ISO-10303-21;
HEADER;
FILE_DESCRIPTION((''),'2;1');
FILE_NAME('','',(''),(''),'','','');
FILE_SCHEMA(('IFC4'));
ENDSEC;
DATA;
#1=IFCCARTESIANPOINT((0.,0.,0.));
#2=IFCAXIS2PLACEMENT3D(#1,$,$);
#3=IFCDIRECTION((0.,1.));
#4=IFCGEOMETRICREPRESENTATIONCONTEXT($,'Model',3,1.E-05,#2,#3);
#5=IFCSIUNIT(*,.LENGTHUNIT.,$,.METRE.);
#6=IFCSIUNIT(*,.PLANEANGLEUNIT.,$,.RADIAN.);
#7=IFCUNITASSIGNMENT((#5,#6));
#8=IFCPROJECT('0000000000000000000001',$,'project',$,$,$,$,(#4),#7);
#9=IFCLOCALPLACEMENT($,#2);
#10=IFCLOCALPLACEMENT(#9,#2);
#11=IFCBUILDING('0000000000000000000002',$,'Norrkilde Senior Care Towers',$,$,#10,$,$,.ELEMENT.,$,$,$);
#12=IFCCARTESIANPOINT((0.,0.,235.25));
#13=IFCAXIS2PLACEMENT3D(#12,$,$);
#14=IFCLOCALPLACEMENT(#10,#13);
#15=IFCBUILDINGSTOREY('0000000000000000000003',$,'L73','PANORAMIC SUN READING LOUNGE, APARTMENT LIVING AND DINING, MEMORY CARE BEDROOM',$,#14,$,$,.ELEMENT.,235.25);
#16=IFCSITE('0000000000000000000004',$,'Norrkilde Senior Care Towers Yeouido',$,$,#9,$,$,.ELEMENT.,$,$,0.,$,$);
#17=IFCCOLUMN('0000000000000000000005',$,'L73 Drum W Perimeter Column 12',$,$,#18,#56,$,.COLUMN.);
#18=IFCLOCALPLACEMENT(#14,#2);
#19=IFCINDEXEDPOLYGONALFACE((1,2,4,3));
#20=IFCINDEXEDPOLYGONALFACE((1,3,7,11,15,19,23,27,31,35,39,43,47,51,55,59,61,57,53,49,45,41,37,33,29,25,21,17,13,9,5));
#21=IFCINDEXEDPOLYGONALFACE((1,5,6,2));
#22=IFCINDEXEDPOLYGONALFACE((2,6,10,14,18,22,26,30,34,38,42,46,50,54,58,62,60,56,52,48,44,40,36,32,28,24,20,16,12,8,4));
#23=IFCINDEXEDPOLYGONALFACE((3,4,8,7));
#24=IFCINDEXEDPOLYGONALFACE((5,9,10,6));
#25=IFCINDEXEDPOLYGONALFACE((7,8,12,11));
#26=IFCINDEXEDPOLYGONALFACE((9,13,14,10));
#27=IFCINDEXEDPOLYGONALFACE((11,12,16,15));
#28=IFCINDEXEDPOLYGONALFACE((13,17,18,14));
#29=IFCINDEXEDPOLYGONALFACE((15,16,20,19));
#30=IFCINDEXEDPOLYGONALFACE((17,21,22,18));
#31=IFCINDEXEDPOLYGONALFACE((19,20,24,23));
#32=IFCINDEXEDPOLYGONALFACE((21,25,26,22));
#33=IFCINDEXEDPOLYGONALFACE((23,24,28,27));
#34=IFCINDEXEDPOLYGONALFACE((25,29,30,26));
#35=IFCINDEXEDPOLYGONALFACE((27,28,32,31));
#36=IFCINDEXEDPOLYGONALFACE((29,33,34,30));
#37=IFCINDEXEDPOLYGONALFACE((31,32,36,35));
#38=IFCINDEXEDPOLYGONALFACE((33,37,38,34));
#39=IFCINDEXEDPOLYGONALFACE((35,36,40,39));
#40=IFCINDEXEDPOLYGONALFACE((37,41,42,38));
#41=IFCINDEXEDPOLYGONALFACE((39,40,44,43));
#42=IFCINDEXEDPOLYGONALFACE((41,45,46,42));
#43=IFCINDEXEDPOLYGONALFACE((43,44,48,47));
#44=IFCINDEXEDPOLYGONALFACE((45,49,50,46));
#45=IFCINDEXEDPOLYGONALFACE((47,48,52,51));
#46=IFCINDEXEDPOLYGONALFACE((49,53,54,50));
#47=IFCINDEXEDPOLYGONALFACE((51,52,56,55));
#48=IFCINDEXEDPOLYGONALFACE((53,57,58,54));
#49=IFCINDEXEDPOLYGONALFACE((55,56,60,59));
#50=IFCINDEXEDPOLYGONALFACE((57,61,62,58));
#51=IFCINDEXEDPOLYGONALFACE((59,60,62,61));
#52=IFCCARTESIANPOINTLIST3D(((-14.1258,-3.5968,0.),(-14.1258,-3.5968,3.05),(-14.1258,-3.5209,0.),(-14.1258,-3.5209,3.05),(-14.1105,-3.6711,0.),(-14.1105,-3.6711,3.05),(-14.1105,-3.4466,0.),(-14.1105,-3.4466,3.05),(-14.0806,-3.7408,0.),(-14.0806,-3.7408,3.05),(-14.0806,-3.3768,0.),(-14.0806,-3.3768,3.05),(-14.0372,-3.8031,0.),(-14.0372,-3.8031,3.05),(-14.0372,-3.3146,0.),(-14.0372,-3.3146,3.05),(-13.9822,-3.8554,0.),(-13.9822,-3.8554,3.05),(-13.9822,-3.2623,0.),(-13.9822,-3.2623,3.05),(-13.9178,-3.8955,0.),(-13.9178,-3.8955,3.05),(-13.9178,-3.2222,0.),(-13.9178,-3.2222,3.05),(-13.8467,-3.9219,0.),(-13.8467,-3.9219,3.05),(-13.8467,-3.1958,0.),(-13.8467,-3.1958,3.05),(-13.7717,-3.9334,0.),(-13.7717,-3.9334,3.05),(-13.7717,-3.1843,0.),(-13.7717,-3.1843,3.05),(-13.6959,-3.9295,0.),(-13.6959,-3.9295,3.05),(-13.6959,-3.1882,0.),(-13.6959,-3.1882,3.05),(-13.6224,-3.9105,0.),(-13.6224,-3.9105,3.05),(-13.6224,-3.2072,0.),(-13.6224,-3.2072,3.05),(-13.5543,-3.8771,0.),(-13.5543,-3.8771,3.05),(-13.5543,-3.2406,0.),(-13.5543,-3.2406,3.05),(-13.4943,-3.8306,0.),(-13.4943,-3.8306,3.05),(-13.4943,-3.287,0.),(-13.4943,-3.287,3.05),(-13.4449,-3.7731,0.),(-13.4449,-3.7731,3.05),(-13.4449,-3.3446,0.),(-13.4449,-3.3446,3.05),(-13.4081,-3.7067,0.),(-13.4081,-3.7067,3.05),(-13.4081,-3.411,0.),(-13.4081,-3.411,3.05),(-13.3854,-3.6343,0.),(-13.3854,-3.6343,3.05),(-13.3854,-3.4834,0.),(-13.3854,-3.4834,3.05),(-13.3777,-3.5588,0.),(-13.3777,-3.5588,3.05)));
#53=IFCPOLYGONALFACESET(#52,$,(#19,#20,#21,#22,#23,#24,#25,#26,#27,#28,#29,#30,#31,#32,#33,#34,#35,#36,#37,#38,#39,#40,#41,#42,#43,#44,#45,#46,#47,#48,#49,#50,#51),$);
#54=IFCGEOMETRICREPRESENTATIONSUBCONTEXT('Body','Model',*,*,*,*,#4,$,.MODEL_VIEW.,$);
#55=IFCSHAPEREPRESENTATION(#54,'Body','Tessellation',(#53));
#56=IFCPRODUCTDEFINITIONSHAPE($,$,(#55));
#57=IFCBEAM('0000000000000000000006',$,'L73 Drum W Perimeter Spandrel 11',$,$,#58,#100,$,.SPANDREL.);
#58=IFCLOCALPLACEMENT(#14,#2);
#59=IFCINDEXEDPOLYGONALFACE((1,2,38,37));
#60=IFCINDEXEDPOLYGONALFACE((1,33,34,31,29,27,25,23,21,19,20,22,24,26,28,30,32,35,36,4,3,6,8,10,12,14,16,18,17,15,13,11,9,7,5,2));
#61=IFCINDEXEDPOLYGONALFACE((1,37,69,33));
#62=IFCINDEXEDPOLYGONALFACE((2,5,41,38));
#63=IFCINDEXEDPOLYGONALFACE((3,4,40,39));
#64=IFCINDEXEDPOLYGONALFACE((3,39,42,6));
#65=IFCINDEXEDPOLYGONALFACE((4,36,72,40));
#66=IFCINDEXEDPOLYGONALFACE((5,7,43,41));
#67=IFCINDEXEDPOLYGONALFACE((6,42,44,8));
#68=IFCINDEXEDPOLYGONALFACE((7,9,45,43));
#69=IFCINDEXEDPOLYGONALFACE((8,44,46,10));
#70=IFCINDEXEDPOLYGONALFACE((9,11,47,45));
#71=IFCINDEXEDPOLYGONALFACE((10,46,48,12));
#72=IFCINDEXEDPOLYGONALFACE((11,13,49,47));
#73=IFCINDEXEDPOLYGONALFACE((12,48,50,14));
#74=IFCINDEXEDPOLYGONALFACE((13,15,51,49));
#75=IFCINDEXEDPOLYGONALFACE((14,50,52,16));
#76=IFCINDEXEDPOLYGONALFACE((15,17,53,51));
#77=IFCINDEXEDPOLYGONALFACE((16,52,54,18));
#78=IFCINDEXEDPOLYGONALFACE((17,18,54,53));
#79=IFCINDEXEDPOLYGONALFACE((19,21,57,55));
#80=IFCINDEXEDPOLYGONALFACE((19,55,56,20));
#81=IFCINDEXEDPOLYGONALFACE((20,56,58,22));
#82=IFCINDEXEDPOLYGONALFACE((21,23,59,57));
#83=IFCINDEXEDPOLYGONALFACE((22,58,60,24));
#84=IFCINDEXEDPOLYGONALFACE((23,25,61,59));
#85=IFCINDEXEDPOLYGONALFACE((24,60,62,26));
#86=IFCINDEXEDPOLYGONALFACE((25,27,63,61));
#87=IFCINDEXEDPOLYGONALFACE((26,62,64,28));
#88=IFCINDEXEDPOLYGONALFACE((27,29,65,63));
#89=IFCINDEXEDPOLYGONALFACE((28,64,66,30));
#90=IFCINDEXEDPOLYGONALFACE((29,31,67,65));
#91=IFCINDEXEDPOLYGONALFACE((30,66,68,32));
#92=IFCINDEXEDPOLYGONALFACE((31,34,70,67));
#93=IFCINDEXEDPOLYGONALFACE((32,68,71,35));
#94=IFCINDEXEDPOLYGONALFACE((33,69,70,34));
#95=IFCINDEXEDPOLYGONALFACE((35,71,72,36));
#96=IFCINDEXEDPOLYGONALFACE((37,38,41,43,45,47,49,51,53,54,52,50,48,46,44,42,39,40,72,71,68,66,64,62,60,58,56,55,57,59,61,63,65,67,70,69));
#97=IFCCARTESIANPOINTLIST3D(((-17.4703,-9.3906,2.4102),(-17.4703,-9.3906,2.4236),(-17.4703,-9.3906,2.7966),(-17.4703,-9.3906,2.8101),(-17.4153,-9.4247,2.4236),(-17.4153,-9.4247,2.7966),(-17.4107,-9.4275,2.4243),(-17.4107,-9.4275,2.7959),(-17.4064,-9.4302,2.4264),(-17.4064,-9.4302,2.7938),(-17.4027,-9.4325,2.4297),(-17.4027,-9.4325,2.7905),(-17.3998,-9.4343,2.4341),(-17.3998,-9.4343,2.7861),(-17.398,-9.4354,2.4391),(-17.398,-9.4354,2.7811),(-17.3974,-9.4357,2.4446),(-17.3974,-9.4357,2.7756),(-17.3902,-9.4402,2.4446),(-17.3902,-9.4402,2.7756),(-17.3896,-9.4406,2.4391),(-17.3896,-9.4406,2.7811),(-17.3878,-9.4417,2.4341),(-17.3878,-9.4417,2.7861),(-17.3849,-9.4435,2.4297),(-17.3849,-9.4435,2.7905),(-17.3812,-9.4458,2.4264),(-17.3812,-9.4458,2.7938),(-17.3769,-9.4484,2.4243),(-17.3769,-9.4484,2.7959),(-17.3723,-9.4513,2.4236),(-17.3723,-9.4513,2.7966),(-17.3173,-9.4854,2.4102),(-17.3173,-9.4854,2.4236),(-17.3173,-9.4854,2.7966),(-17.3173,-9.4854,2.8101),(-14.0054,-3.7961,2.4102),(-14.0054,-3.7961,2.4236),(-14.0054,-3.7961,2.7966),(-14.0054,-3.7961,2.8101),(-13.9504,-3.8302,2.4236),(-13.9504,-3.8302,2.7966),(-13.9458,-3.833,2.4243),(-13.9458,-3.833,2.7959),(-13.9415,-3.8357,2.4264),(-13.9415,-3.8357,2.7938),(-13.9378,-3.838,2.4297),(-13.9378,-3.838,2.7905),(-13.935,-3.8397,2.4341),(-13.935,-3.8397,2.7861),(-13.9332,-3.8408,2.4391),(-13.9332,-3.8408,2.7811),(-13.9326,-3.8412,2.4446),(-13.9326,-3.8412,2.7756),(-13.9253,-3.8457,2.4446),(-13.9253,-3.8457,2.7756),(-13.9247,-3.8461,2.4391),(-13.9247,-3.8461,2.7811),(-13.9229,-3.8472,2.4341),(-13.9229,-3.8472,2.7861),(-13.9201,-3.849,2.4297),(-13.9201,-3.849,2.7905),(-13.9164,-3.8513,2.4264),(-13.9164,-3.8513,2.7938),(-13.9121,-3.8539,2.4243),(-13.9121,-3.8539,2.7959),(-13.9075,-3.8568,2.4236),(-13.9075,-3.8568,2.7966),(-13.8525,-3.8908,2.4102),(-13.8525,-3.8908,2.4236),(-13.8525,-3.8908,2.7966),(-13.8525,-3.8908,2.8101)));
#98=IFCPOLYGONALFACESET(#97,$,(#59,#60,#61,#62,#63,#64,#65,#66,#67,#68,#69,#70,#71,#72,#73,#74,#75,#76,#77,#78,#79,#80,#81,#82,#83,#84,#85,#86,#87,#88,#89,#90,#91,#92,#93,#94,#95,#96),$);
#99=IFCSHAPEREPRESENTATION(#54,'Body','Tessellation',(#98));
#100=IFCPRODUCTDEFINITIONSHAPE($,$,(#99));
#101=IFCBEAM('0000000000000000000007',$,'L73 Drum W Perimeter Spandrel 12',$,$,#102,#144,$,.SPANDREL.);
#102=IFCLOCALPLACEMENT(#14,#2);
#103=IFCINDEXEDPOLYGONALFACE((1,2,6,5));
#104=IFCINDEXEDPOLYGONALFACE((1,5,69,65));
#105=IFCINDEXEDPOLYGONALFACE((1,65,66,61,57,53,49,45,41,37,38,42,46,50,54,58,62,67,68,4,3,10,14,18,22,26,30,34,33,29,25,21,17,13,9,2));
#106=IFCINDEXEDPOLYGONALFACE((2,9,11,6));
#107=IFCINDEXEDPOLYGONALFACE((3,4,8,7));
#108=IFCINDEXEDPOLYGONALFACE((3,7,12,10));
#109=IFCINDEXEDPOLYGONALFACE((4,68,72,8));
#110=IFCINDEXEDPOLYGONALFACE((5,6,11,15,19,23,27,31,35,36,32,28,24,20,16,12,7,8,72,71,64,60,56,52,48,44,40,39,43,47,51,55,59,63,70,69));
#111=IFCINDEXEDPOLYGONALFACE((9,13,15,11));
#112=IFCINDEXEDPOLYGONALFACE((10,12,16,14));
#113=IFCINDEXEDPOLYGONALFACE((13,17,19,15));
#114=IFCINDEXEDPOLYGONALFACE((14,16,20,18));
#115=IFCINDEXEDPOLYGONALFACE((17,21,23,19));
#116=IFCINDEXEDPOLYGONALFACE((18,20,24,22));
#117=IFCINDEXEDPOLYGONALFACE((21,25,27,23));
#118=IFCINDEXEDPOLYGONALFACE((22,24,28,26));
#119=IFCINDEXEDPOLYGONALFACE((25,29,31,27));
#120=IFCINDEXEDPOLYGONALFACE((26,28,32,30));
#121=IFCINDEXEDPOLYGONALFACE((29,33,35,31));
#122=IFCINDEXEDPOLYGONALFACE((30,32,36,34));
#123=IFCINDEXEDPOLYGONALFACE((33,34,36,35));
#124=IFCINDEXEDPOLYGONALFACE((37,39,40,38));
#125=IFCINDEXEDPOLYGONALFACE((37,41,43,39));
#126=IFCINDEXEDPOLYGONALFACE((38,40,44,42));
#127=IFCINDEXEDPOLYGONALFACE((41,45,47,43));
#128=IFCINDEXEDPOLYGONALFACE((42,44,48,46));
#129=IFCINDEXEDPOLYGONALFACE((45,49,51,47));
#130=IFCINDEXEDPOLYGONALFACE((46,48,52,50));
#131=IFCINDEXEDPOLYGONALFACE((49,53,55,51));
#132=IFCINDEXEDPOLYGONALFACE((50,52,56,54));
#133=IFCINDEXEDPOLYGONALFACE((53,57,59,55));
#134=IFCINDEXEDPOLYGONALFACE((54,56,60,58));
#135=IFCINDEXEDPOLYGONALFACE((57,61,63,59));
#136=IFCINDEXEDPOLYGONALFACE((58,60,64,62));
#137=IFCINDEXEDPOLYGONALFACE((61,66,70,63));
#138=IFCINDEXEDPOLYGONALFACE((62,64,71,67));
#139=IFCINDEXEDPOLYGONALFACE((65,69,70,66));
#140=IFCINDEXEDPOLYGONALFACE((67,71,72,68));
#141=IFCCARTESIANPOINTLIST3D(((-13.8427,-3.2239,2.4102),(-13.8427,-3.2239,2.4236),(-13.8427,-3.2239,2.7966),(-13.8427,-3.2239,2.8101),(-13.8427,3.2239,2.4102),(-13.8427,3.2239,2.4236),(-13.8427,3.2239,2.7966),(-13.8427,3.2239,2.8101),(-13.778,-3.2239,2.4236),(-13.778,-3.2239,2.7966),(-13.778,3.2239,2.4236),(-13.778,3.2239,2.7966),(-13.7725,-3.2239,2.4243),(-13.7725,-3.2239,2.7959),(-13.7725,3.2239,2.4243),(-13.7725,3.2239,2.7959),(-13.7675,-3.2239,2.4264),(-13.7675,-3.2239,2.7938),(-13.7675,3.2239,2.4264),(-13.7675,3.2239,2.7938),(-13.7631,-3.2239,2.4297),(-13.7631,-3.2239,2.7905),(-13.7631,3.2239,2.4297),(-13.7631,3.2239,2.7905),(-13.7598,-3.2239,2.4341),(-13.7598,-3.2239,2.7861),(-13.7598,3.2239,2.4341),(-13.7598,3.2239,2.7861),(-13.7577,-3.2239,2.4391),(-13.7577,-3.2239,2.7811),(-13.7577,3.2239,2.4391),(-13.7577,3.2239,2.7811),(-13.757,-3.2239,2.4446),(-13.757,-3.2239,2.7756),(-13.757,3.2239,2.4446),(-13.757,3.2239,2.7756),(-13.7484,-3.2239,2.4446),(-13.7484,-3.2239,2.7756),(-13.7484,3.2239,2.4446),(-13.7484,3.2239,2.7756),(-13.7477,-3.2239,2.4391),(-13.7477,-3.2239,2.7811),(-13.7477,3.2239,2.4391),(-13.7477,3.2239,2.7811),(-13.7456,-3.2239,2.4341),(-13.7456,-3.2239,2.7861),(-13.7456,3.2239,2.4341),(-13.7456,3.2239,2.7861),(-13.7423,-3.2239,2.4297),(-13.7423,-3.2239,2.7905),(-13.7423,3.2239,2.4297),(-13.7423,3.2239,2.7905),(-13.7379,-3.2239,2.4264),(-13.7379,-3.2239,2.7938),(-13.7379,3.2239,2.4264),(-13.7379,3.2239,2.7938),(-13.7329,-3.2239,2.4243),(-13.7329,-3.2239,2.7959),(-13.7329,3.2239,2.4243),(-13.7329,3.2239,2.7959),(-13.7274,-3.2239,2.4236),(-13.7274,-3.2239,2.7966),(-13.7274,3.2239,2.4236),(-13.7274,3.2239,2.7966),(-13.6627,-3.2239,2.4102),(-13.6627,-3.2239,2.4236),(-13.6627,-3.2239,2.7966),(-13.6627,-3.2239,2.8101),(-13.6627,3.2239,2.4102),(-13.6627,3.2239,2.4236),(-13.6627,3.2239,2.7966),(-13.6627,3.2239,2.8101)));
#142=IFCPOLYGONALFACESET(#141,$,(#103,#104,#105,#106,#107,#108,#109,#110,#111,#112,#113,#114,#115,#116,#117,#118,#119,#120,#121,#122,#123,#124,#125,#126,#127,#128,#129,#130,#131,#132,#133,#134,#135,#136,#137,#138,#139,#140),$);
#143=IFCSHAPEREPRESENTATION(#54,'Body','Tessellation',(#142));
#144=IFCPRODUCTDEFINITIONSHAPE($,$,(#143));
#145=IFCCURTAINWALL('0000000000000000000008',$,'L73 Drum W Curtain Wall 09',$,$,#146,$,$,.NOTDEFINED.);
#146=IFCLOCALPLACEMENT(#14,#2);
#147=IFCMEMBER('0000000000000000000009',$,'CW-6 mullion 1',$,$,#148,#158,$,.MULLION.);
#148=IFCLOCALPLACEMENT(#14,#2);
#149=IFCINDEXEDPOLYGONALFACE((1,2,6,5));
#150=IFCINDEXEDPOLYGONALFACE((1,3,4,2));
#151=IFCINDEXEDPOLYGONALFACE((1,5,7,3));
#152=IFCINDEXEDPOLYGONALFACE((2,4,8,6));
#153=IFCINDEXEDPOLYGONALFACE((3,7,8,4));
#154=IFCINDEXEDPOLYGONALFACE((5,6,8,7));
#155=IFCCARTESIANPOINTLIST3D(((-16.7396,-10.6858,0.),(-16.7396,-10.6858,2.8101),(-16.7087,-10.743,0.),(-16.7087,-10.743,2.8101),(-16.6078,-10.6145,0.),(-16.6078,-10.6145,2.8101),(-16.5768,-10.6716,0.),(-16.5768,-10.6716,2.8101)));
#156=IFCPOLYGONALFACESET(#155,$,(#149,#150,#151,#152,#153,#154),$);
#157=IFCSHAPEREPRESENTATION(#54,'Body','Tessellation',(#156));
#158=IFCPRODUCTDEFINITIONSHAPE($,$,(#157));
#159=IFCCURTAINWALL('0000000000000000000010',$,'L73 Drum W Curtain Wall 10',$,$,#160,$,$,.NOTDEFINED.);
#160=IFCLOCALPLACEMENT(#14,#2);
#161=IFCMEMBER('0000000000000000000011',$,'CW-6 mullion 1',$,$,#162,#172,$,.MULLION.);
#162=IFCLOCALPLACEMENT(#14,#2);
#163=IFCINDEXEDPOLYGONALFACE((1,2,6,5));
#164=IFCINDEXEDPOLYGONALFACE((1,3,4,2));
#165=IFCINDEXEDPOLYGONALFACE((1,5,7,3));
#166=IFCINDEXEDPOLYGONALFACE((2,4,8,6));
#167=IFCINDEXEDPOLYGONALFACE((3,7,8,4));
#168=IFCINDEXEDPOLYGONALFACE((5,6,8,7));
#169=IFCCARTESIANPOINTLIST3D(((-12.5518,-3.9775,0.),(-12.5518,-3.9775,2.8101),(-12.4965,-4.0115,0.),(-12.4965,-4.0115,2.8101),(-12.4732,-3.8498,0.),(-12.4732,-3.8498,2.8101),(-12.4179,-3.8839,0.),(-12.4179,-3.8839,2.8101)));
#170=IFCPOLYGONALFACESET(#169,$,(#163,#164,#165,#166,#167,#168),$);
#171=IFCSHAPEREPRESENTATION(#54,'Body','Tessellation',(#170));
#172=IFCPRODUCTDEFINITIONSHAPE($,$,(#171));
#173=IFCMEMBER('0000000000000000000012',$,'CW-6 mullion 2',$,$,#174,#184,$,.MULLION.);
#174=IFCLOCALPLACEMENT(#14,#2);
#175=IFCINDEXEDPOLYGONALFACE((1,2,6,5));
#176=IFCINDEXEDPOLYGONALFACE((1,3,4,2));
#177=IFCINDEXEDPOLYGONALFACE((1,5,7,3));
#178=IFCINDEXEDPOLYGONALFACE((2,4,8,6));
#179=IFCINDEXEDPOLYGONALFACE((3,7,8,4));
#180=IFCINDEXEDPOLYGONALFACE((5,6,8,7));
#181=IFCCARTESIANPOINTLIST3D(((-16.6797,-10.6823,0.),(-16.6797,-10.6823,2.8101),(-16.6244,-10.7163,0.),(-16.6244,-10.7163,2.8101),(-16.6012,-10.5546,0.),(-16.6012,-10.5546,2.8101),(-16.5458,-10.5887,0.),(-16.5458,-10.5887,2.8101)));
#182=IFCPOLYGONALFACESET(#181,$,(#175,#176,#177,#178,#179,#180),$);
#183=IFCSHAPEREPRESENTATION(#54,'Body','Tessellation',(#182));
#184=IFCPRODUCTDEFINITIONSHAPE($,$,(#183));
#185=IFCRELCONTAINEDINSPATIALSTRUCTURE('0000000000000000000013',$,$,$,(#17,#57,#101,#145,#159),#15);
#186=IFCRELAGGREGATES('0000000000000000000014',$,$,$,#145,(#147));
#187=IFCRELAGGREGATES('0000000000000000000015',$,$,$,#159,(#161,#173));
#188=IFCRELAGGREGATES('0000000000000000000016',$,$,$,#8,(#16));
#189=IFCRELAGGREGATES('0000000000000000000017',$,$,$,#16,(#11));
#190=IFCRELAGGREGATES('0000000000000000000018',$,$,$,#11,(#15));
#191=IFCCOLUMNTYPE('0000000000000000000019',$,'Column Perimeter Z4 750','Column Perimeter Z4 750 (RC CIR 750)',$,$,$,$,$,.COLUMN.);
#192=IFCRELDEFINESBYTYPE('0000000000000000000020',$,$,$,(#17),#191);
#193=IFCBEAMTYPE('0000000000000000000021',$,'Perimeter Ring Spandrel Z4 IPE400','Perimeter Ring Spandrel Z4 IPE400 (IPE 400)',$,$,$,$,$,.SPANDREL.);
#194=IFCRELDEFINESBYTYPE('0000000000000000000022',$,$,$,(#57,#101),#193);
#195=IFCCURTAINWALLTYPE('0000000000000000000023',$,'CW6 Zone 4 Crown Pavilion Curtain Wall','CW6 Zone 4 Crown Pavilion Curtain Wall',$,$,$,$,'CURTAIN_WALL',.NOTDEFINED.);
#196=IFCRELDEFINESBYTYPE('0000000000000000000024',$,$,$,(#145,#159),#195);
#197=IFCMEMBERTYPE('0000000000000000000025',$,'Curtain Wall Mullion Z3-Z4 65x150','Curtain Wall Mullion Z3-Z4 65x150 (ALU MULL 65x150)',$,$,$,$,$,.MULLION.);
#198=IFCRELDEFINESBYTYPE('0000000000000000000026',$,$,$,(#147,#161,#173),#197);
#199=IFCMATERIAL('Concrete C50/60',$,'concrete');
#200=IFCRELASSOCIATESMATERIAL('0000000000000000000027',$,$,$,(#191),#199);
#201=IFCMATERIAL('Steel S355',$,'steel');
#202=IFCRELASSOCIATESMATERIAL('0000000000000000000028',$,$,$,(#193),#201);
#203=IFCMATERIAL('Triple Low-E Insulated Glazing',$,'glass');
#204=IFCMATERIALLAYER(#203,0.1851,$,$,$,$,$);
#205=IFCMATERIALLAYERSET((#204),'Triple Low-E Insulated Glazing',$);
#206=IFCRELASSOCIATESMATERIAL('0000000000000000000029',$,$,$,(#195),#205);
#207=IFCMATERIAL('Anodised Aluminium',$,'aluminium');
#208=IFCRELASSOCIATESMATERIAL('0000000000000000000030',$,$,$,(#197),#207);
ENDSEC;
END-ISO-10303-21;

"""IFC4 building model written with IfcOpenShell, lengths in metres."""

from ifc_helpers import new_model, si_unit, direction, frame, origin, origin_2d, place, context, subcontext, project, spatial, rectangle, circle, i_section, extrude, source, transform, mapped, material, layer, layer_set, material_profile, profile_set, type_object, type_shapes, element, aggregate, save


model = new_model("IFC4")

# Units and contexts
model_context = context("Model", 3, precision=1e-05, world=origin(), true_north=direction((0.0, 1.0)))
body_context = subcontext(model_context, "Body", "Model", "MODEL_VIEW")
ifc_project = project(units=[si_unit("LENGTHUNIT", "METRE"), si_unit("PLANEANGLEUNIT", "RADIAN")], contexts=[model_context])

# Site, building, storey
site_placement = place(None, origin())
site = spatial("IfcSite", under=ifc_project, at=site_placement, Name="Norrkilde Senior Care Towers Yeouido", CompositionType="ELEMENT", RefElevation=0.0)
building_placement = place(site_placement, origin())
building = spatial("IfcBuilding", under=site, at=building_placement, Name="Norrkilde Senior Care Towers", CompositionType="ELEMENT")
storey_placement = place(building_placement, frame((0.0, 0.0, 235.25)))
storey = spatial("IfcBuildingStorey", under=building, at=storey_placement, Name="L73", Description="PANORAMIC SUN READING LOUNGE, APARTMENT LIVING AND DINING, MEMORY CARE BEDROOM", CompositionType="ELEMENT", Elevation=235.25)

# Column
ifc_material_1 = material(Name="Concrete C50/60", Category="concrete")
ifc_material_profile_1 = material_profile(ifc_material_1, circle(Radius=0.375, at=origin_2d()), Name="RC CIR 750")
ifc_profile_set_1 = profile_set([ifc_material_profile_1], Name="Concrete C50/60")
column_type = type_object("IfcColumnType", Name="Column Perimeter Z4 750", Description="Column Perimeter Z4 750 (RC CIR 750)", PredefinedType="COLUMN", material=ifc_profile_set_1)
shared_shape_1 = source(origin(), body_context, "Body", "SweptSolid", [
    extrude(circle(Radius=0.375, at=origin_2d()), origin(), (0.0, 0.0, 1.0), 3.05),
])
type_shapes(column_type, [shared_shape_1])
column_placement = place(storey_placement, frame((-13.7527, -3.5588, 0.0), z_axis=(0.0, 0.0, 1.0), x_axis=(1.0, 0.0, 0.0)))
element("IfcColumn", 1, at=column_placement, inside=storey, type_object=column_type, Name="L73 Drum W Perimeter Column 12", PredefinedType="COLUMN", context=body_context, shape_type="MappedRepresentation", body=[
    mapped(shared_shape_1, transform((0.0, 0.0, 0.0), x_axis=(1.0, 0.0, 0.0), y_axis=(0.0, 1.0, 0.0), z_axis=(0.0, 0.0, 1.0), scale=1.0)),
])

# Beams
ifc_material_2 = material(Name="Steel S355", Category="steel")
ifc_material_profile_2 = material_profile(ifc_material_2, i_section(OverallWidth=0.1799, OverallDepth=0.3999, WebThickness=0.0085, FlangeThickness=0.0134, FilletRadius=0.021, at=origin_2d()), Name="IPE 400")
ifc_profile_set_2 = profile_set([ifc_material_profile_2], Name="Steel S355")
beam_type = type_object("IfcBeamType", Name="Perimeter Ring Spandrel Z4 IPE400", Description="Perimeter Ring Spandrel Z4 IPE400 (IPE 400)", PredefinedType="SPANDREL", material=ifc_profile_set_2)
shared_shape_2 = source(origin(), body_context, "Body", "SweptSolid", [
    extrude(i_section(OverallWidth=0.1799, OverallDepth=0.3999, WebThickness=0.0085, FlangeThickness=0.0134, FilletRadius=0.021, at=origin_2d()), origin(), (0.0, 0.0, 1.0), 6.5806),
])
beam_1_placement = place(storey_placement, frame((-17.3938, -9.438, 2.6101), z_axis=(0.52653, 0.850157, 0.0), x_axis=(-0.850157, 0.52653, 0.0)))
element("IfcBeam", 2, at=beam_1_placement, inside=storey, type_object=beam_type, Name="L73 Drum W Perimeter Spandrel 11", PredefinedType="SPANDREL", context=body_context, shape_type="MappedRepresentation", body=[
    mapped(shared_shape_2, transform((0.0, 0.0, 0.0), x_axis=(1.0, 0.0, 0.0), y_axis=(0.0, 1.0, 0.0), z_axis=(0.0, 0.0, 1.0), scale=1.0)),
])
shared_shape_3 = source(origin(), body_context, "Body", "SweptSolid", [
    extrude(i_section(OverallWidth=0.1799, OverallDepth=0.3999, WebThickness=0.0085, FlangeThickness=0.0134, FilletRadius=0.021, at=origin_2d()), origin(), (0.0, 0.0, 1.0), 6.4478),
])
type_shapes(beam_type, [shared_shape_2, shared_shape_3])
beam_2_placement = place(storey_placement, frame((-13.7527, -3.2239, 2.6101), z_axis=(0.0, 1.0, 0.0), x_axis=(-1.0, 0.0, 0.0)))
element("IfcBeam", 3, at=beam_2_placement, inside=storey, type_object=beam_type, Name="L73 Drum W Perimeter Spandrel 12", PredefinedType="SPANDREL", context=body_context, shape_type="MappedRepresentation", body=[
    mapped(shared_shape_3, transform((0.0, 0.0, 0.0), x_axis=(1.0, 0.0, 0.0), y_axis=(0.0, 1.0, 0.0), z_axis=(0.0, 0.0, 1.0), scale=1.0)),
])

# Curtain wall, member
ifc_material_3 = material(Name="Triple Low-E Insulated Glazing", Category="glass")
ifc_layer_1 = layer(ifc_material_3, 0.1851)
ifc_layer_set_1 = layer_set([ifc_layer_1], Name="Triple Low-E Insulated Glazing")
curtain_wall_type = type_object("IfcCurtainWallType", Name="CW6 Zone 4 Crown Pavilion Curtain Wall", Description="CW6 Zone 4 Crown Pavilion Curtain Wall", ElementType="CURTAIN_WALL", PredefinedType="NOTDEFINED", material=ifc_layer_set_1)
curtain_wall_1_placement = place(storey_placement, origin())
curtain_wall_1 = element("IfcCurtainWall", 4, at=curtain_wall_1_placement, inside=storey, type_object=curtain_wall_type, Name="L73 Drum W Curtain Wall 09", PredefinedType="NOTDEFINED")
ifc_material_4 = material(Name="Anodised Aluminium", Category="aluminium")
ifc_material_profile_3 = material_profile(ifc_material_4, rectangle(XDim=0.0649, YDim=0.1499, at=origin_2d()), Name="ALU MULL 65x150")
ifc_profile_set_3 = profile_set([ifc_material_profile_3], Name="Anodised Aluminium")
member_type_1 = type_object("IfcMemberType", Name="Curtain Wall Mullion Z3-Z4 65x150", Description="Curtain Wall Mullion Z3-Z4 65x150 (ALU MULL 65x150)", PredefinedType="MULLION", material=ifc_profile_set_3)
shared_shape_4 = source(origin(), body_context, "Body", "SweptSolid", [
    extrude(rectangle(XDim=0.0649, YDim=0.1499, at=origin_2d()), origin(), (0.0, 0.0, 1.0), 2.8101),
])
type_shapes(member_type_1, [shared_shape_4])
member_1_placement = place(storey_placement, frame((-16.6582, -10.6787, 0.0), z_axis=(0.0, 0.0, 1.0), x_axis=(0.476133, -0.879373, 0.0)))
member_1 = element("IfcMember", 5, at=member_1_placement, type_object=member_type_1, Name="CW-6 mullion 1", PredefinedType="MULLION", context=body_context, shape_type="MappedRepresentation", body=[
    mapped(shared_shape_4, transform((0.0, 0.0, 0.0), x_axis=(1.0, 0.0, 0.0), y_axis=(0.0, 1.0, 0.0), z_axis=(0.0, 0.0, 1.0), scale=1.0)),
])

# Curtain wall, members
curtain_wall_2_placement = place(storey_placement, origin())
curtain_wall_2 = element("IfcCurtainWall", 6, at=curtain_wall_2_placement, inside=storey, type_object=curtain_wall_type, Name="L73 Drum W Curtain Wall 10", PredefinedType="NOTDEFINED")
member_2_placement = place(storey_placement, frame((-12.4849, -3.9307, 0.0), z_axis=(0.0, 0.0, 1.0), x_axis=(0.851563, -0.524253, 0.0)))
member_2 = element("IfcMember", 7, at=member_2_placement, type_object=member_type_1, Name="CW-6 mullion 1", PredefinedType="MULLION", context=body_context, shape_type="MappedRepresentation", body=[
    mapped(shared_shape_4, transform((0.0, 0.0, 0.0), x_axis=(1.0, 0.0, 0.0), y_axis=(0.0, 1.0, 0.0), z_axis=(0.0, 0.0, 1.0), scale=1.0)),
])
member_3_placement = place(storey_placement, frame((-16.6128, -10.6355, 0.0), z_axis=(0.0, 0.0, 1.0), x_axis=(0.851563, -0.524253, 0.0)))
member_3 = element("IfcMember", 8, at=member_3_placement, type_object=member_type_1, Name="CW-6 mullion 2", PredefinedType="MULLION", context=body_context, shape_type="MappedRepresentation", body=[
    mapped(shared_shape_4, transform((0.0, 0.0, 0.0), x_axis=(1.0, 0.0, 0.0), y_axis=(0.0, 1.0, 0.0), z_axis=(0.0, 0.0, 1.0), scale=1.0)),
])

aggregate(curtain_wall_1, [member_1])

aggregate(curtain_wall_2, [member_2, member_3])

save(model, "model.ifc")
